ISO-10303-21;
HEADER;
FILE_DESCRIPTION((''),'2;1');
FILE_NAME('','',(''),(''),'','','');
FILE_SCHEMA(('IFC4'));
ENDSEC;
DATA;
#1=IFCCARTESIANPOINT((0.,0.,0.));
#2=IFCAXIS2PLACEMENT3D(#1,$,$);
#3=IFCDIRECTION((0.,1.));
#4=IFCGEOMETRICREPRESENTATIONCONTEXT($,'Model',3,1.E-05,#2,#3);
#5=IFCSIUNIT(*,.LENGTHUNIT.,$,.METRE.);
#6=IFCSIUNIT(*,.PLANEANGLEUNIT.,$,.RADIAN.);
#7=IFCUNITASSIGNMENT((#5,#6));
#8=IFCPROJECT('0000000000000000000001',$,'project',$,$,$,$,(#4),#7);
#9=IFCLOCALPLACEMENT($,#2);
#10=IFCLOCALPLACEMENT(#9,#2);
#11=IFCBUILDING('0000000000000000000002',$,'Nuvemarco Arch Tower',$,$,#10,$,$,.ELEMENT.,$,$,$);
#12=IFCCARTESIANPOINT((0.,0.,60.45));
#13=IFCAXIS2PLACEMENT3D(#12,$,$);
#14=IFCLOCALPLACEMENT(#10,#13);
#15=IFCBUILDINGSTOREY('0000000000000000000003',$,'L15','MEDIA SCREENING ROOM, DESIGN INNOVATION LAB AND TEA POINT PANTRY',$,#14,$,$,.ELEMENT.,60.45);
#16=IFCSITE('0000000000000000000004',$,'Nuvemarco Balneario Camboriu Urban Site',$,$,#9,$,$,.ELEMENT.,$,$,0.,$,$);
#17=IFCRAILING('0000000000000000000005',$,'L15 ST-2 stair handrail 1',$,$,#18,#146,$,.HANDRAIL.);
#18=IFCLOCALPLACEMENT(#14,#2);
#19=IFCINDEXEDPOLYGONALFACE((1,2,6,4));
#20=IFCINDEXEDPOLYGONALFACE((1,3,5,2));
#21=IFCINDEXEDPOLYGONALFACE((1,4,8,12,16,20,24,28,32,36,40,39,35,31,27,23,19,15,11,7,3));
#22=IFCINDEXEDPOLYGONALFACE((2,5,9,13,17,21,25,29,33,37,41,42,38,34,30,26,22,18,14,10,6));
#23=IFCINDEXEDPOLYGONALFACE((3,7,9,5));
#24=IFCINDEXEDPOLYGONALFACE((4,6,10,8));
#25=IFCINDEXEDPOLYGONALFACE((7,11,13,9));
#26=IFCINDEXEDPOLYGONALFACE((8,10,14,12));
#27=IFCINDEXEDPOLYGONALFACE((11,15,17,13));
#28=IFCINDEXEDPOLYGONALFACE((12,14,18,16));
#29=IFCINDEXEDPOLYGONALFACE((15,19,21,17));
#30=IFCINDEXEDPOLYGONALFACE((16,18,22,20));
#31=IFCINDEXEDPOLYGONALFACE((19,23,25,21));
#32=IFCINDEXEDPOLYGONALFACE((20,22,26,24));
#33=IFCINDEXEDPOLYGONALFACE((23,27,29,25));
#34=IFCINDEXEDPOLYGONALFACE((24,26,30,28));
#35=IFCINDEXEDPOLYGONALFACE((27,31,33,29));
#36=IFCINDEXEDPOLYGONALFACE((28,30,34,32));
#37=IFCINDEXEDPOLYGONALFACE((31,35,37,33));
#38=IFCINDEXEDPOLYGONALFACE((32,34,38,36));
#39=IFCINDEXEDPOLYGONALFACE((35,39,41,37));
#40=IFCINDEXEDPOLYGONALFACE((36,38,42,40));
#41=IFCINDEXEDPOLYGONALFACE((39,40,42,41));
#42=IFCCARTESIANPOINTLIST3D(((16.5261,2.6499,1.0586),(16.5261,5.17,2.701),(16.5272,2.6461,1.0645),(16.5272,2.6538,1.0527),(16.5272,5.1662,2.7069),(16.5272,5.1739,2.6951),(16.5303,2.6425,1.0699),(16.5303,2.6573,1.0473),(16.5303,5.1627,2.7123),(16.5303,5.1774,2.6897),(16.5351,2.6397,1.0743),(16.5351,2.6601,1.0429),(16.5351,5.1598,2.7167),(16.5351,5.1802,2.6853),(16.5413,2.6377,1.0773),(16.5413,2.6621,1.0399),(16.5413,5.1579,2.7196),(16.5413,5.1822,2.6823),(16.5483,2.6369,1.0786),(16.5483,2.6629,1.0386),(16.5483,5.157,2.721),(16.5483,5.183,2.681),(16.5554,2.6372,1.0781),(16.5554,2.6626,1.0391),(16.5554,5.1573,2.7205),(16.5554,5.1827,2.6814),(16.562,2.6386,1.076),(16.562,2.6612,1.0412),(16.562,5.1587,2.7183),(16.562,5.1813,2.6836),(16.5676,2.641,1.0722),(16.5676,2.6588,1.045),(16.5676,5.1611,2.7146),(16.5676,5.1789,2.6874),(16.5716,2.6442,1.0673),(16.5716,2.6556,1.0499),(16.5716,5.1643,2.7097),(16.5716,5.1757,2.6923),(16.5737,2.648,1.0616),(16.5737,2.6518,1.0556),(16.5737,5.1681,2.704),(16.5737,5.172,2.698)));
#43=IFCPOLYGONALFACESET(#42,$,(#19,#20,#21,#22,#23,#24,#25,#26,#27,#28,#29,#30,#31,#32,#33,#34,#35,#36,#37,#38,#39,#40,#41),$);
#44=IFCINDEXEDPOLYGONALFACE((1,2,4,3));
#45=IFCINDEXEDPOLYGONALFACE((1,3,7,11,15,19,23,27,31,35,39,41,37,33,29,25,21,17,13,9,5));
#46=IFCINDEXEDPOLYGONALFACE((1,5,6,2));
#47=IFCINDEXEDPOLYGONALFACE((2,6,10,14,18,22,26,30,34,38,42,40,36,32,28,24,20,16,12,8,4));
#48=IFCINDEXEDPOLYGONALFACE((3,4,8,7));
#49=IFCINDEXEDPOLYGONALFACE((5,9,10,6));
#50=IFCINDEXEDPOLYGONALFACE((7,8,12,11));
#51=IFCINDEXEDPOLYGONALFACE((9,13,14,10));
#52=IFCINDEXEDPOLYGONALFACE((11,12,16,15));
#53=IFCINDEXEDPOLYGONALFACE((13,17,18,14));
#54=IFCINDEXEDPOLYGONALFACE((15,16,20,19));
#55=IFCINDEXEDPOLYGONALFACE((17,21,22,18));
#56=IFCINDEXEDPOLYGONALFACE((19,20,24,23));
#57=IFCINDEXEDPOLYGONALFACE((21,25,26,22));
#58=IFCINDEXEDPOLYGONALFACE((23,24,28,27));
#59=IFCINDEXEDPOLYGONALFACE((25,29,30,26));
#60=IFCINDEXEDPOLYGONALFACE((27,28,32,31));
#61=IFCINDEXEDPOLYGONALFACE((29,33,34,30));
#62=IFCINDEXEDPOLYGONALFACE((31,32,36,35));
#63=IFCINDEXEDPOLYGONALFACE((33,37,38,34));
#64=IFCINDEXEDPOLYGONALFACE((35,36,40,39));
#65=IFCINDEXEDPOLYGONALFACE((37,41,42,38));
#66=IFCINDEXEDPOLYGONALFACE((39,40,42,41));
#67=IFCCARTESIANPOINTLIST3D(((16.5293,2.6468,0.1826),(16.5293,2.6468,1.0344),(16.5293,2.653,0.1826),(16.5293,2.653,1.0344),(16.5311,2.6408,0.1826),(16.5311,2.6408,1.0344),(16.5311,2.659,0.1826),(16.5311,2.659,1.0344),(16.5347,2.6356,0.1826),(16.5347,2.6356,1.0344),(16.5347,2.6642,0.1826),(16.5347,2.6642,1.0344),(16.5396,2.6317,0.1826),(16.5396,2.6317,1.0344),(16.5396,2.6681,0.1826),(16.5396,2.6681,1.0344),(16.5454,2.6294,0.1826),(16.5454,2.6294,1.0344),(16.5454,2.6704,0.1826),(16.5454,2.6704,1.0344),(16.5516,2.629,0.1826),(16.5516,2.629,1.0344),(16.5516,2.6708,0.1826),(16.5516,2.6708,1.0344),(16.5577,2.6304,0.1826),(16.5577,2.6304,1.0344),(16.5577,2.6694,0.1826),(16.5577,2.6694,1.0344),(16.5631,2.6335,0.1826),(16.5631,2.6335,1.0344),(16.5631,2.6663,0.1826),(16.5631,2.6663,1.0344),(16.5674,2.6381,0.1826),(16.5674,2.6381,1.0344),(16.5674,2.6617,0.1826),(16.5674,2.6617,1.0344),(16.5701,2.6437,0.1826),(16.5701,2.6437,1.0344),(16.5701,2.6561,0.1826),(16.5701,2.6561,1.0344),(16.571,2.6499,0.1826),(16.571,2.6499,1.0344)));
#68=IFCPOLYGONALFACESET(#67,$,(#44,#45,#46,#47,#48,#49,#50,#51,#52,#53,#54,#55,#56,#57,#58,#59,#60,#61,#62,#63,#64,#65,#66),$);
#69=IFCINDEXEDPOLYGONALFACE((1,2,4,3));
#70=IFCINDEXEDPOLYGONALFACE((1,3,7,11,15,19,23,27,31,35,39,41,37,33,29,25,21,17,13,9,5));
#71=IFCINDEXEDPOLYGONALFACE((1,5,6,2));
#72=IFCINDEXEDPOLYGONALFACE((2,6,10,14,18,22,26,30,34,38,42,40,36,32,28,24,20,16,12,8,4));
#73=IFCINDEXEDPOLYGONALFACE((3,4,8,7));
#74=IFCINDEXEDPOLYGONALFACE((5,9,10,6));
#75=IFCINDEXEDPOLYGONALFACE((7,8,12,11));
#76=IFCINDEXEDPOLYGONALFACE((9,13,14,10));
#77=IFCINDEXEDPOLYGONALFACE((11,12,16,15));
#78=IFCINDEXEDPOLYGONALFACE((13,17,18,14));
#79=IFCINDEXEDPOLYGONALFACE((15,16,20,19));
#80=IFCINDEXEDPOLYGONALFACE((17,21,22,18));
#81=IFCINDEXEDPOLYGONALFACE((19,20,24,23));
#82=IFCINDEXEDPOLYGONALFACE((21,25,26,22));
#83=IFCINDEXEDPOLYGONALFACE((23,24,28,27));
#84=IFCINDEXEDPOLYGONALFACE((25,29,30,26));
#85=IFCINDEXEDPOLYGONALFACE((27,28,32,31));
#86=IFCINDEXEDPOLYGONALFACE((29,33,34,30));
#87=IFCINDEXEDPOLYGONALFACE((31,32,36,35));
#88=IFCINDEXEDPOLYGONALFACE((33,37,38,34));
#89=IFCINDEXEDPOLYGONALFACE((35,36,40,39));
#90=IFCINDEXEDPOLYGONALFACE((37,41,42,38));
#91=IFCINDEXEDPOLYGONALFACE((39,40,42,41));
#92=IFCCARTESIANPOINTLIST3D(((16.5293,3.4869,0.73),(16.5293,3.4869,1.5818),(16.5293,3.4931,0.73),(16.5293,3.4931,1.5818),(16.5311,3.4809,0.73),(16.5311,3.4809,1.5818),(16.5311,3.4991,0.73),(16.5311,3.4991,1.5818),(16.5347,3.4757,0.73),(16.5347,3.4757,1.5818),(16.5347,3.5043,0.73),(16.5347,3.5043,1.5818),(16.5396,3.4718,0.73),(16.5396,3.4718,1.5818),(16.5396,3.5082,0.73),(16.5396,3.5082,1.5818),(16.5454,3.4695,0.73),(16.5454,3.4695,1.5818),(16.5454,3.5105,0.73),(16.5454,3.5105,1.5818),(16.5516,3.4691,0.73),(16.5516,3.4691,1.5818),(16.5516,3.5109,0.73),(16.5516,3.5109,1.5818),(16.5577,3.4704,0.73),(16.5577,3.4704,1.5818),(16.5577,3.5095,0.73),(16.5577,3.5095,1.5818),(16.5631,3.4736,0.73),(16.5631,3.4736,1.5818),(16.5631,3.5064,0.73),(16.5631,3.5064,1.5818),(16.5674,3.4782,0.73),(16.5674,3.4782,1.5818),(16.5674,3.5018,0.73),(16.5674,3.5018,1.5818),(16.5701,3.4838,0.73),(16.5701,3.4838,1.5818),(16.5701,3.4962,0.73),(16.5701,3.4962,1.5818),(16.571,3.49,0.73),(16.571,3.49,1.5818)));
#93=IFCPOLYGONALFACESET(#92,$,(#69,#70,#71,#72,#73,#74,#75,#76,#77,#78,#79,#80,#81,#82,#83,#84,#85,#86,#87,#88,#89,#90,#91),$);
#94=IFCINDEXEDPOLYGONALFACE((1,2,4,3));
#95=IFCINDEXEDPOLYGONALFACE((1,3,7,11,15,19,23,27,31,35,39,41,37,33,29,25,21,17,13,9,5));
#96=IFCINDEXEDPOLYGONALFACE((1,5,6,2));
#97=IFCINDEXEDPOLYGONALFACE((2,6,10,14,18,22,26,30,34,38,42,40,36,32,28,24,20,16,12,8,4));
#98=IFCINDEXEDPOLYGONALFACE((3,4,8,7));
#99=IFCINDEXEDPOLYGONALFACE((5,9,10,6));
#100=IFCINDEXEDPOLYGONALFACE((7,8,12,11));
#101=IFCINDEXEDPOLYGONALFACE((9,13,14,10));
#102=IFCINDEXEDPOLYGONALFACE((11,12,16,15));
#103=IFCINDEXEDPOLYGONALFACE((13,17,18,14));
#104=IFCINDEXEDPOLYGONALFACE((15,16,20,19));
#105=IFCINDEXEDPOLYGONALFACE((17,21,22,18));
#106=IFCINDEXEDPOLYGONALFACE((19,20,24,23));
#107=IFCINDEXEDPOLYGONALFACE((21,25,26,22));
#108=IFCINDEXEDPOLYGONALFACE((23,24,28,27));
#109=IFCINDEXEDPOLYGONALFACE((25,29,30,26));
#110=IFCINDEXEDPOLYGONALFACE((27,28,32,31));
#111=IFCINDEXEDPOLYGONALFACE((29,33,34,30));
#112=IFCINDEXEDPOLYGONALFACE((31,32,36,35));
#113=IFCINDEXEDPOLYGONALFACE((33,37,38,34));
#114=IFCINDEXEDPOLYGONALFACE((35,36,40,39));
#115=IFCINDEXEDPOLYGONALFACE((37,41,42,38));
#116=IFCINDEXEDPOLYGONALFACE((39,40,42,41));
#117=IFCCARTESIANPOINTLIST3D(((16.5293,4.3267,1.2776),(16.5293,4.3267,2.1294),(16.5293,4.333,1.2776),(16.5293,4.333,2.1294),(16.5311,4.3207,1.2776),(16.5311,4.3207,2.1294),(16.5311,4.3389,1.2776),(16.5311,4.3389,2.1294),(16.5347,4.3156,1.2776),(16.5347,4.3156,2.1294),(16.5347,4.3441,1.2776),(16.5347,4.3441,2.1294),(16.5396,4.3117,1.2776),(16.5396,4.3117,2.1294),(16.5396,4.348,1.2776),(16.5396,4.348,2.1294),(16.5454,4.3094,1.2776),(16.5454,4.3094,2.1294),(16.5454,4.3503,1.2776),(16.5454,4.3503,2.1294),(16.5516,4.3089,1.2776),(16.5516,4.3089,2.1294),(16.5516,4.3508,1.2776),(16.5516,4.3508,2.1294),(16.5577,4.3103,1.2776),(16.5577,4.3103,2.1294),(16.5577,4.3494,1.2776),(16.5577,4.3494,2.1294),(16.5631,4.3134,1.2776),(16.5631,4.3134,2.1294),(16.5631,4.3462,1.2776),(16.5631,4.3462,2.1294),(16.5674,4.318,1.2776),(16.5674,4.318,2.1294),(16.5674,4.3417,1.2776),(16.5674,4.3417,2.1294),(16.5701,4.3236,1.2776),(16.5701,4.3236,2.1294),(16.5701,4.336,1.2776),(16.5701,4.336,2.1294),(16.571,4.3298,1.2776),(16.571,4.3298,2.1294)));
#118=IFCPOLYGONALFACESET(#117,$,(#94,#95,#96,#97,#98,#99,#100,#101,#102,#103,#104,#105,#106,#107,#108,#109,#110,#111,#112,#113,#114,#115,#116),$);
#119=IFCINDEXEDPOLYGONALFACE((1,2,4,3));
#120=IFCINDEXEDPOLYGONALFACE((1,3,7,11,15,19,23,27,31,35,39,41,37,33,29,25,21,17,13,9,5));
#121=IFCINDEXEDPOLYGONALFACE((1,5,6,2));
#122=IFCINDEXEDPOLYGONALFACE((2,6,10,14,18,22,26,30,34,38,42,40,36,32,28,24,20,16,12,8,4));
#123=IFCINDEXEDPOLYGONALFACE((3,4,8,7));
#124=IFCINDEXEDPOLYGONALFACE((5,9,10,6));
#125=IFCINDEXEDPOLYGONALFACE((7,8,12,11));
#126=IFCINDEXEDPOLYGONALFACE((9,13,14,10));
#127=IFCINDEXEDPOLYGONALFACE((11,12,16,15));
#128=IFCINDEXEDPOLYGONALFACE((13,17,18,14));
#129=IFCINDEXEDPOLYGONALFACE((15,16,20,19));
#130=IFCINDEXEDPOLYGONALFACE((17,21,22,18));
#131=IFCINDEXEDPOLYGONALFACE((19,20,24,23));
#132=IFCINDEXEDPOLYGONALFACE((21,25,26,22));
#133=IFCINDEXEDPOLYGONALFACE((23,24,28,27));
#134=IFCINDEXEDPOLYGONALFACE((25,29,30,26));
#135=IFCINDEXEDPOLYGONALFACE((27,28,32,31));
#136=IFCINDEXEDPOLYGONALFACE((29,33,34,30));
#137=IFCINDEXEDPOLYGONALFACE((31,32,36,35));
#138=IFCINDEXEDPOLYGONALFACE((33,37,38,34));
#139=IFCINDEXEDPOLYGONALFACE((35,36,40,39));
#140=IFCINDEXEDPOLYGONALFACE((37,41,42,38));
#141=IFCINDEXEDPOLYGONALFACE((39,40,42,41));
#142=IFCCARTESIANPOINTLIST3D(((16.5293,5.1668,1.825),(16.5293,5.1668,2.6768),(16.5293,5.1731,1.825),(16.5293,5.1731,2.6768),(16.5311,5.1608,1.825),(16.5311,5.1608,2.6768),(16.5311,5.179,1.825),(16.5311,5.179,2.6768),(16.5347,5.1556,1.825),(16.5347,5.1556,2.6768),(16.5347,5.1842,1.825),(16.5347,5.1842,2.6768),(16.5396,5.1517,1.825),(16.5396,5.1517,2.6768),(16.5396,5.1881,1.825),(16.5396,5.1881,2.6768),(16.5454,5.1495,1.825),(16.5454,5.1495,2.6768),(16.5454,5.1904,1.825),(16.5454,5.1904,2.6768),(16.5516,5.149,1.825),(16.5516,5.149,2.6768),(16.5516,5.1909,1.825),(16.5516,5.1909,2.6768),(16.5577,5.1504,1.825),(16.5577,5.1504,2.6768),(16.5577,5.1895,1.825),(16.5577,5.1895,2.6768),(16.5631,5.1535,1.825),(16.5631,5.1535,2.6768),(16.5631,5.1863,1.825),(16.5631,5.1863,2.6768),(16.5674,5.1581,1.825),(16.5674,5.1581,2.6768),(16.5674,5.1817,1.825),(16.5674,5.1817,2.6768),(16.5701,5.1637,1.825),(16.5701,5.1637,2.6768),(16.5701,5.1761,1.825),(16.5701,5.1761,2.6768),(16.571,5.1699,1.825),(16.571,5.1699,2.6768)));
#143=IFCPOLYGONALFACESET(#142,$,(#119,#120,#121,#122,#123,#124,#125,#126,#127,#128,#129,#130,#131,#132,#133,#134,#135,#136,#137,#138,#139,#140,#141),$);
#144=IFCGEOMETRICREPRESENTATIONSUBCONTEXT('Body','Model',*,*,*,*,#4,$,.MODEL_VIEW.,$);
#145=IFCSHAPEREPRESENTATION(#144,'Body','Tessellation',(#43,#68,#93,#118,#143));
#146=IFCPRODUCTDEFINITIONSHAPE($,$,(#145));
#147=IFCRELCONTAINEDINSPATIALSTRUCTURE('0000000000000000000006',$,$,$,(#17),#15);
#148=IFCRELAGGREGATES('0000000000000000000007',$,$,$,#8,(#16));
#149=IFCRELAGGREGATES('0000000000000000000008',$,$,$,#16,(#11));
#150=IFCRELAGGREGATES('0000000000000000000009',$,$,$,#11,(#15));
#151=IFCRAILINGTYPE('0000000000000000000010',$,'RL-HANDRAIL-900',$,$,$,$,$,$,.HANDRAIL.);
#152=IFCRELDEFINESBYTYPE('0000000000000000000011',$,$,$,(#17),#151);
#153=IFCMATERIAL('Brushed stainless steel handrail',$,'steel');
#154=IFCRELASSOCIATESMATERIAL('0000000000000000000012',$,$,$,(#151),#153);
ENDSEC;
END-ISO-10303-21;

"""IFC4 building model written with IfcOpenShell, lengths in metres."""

from ifc_helpers import new_model, si_unit, direction, frame, origin, origin_2d, place, context, subcontext, project, spatial, circle, extrude, material, type_object, element, save


model = new_model("IFC4")

# Units and contexts
model_context = context("Model", 3, precision=1e-05, world=origin(), true_north=direction((0.0, 1.0)))
body_context = subcontext(model_context, "Body", "Model", "MODEL_VIEW")
ifc_project = project(units=[si_unit("LENGTHUNIT", "METRE"), si_unit("PLANEANGLEUNIT", "RADIAN")], contexts=[model_context])

# Site, building, storey
site_placement = place(None, origin())
site = spatial("IfcSite", under=ifc_project, at=site_placement, Name="Nuvemarco Balneario Camboriu Urban Site", CompositionType="ELEMENT", RefElevation=0.0)
building_placement = place(site_placement, origin())
building = spatial("IfcBuilding", under=site, at=building_placement, Name="Nuvemarco Arch Tower", CompositionType="ELEMENT")
storey_placement = place(building_placement, frame((0.0, 0.0, 60.45)))
storey = spatial("IfcBuildingStorey", under=building, at=storey_placement, Name="L15", Description="MEDIA SCREENING ROOM, DESIGN INNOVATION LAB AND TEA POINT PANTRY", CompositionType="ELEMENT", Elevation=60.45)

# Railing
ifc_material_1 = material(Name="Brushed stainless steel handrail", Category="steel")
railing_type_1 = type_object("IfcRailingType", Name="RL-HANDRAIL-900", PredefinedType="HANDRAIL", material=ifc_material_1)
railing_1_placement = place(storey_placement, frame((16.55, 2.6499, 0.1826)))
element("IfcRailing", 1, at=railing_1_placement, inside=storey, type_object=railing_type_1, Name="L15 ST-2 stair handrail 1", PredefinedType="HANDRAIL", context=body_context, shape_type="SweptSolid", body=[
    extrude(circle(Radius=0.0239, at=origin_2d()), frame((0.0, 0.0, 0.876), z_axis=(0.0, 0.837787, 0.545998), x_axis=(-1.0, 0.0, 0.0)), (0.0, 0.0, 1.0), 3.0081),
    extrude(circle(Radius=0.021, at=origin_2d()), origin(), (0.0, 0.0, 1.0), 0.8518),
    extrude(circle(Radius=0.021, at=origin_2d()), frame((0.0, 0.8401, 0.5474)), (0.0, 0.0, 1.0), 0.8518),
    extrude(circle(Radius=0.021, at=origin_2d()), frame((0.0, 1.6799, 1.095)), (0.0, 0.0, 1.0), 0.8518),
    extrude(circle(Radius=0.021, at=origin_2d()), frame((0.0, 2.52, 1.6423)), (0.0, 0.0, 1.0), 0.8518),
])

save(model, "model.ifc")
